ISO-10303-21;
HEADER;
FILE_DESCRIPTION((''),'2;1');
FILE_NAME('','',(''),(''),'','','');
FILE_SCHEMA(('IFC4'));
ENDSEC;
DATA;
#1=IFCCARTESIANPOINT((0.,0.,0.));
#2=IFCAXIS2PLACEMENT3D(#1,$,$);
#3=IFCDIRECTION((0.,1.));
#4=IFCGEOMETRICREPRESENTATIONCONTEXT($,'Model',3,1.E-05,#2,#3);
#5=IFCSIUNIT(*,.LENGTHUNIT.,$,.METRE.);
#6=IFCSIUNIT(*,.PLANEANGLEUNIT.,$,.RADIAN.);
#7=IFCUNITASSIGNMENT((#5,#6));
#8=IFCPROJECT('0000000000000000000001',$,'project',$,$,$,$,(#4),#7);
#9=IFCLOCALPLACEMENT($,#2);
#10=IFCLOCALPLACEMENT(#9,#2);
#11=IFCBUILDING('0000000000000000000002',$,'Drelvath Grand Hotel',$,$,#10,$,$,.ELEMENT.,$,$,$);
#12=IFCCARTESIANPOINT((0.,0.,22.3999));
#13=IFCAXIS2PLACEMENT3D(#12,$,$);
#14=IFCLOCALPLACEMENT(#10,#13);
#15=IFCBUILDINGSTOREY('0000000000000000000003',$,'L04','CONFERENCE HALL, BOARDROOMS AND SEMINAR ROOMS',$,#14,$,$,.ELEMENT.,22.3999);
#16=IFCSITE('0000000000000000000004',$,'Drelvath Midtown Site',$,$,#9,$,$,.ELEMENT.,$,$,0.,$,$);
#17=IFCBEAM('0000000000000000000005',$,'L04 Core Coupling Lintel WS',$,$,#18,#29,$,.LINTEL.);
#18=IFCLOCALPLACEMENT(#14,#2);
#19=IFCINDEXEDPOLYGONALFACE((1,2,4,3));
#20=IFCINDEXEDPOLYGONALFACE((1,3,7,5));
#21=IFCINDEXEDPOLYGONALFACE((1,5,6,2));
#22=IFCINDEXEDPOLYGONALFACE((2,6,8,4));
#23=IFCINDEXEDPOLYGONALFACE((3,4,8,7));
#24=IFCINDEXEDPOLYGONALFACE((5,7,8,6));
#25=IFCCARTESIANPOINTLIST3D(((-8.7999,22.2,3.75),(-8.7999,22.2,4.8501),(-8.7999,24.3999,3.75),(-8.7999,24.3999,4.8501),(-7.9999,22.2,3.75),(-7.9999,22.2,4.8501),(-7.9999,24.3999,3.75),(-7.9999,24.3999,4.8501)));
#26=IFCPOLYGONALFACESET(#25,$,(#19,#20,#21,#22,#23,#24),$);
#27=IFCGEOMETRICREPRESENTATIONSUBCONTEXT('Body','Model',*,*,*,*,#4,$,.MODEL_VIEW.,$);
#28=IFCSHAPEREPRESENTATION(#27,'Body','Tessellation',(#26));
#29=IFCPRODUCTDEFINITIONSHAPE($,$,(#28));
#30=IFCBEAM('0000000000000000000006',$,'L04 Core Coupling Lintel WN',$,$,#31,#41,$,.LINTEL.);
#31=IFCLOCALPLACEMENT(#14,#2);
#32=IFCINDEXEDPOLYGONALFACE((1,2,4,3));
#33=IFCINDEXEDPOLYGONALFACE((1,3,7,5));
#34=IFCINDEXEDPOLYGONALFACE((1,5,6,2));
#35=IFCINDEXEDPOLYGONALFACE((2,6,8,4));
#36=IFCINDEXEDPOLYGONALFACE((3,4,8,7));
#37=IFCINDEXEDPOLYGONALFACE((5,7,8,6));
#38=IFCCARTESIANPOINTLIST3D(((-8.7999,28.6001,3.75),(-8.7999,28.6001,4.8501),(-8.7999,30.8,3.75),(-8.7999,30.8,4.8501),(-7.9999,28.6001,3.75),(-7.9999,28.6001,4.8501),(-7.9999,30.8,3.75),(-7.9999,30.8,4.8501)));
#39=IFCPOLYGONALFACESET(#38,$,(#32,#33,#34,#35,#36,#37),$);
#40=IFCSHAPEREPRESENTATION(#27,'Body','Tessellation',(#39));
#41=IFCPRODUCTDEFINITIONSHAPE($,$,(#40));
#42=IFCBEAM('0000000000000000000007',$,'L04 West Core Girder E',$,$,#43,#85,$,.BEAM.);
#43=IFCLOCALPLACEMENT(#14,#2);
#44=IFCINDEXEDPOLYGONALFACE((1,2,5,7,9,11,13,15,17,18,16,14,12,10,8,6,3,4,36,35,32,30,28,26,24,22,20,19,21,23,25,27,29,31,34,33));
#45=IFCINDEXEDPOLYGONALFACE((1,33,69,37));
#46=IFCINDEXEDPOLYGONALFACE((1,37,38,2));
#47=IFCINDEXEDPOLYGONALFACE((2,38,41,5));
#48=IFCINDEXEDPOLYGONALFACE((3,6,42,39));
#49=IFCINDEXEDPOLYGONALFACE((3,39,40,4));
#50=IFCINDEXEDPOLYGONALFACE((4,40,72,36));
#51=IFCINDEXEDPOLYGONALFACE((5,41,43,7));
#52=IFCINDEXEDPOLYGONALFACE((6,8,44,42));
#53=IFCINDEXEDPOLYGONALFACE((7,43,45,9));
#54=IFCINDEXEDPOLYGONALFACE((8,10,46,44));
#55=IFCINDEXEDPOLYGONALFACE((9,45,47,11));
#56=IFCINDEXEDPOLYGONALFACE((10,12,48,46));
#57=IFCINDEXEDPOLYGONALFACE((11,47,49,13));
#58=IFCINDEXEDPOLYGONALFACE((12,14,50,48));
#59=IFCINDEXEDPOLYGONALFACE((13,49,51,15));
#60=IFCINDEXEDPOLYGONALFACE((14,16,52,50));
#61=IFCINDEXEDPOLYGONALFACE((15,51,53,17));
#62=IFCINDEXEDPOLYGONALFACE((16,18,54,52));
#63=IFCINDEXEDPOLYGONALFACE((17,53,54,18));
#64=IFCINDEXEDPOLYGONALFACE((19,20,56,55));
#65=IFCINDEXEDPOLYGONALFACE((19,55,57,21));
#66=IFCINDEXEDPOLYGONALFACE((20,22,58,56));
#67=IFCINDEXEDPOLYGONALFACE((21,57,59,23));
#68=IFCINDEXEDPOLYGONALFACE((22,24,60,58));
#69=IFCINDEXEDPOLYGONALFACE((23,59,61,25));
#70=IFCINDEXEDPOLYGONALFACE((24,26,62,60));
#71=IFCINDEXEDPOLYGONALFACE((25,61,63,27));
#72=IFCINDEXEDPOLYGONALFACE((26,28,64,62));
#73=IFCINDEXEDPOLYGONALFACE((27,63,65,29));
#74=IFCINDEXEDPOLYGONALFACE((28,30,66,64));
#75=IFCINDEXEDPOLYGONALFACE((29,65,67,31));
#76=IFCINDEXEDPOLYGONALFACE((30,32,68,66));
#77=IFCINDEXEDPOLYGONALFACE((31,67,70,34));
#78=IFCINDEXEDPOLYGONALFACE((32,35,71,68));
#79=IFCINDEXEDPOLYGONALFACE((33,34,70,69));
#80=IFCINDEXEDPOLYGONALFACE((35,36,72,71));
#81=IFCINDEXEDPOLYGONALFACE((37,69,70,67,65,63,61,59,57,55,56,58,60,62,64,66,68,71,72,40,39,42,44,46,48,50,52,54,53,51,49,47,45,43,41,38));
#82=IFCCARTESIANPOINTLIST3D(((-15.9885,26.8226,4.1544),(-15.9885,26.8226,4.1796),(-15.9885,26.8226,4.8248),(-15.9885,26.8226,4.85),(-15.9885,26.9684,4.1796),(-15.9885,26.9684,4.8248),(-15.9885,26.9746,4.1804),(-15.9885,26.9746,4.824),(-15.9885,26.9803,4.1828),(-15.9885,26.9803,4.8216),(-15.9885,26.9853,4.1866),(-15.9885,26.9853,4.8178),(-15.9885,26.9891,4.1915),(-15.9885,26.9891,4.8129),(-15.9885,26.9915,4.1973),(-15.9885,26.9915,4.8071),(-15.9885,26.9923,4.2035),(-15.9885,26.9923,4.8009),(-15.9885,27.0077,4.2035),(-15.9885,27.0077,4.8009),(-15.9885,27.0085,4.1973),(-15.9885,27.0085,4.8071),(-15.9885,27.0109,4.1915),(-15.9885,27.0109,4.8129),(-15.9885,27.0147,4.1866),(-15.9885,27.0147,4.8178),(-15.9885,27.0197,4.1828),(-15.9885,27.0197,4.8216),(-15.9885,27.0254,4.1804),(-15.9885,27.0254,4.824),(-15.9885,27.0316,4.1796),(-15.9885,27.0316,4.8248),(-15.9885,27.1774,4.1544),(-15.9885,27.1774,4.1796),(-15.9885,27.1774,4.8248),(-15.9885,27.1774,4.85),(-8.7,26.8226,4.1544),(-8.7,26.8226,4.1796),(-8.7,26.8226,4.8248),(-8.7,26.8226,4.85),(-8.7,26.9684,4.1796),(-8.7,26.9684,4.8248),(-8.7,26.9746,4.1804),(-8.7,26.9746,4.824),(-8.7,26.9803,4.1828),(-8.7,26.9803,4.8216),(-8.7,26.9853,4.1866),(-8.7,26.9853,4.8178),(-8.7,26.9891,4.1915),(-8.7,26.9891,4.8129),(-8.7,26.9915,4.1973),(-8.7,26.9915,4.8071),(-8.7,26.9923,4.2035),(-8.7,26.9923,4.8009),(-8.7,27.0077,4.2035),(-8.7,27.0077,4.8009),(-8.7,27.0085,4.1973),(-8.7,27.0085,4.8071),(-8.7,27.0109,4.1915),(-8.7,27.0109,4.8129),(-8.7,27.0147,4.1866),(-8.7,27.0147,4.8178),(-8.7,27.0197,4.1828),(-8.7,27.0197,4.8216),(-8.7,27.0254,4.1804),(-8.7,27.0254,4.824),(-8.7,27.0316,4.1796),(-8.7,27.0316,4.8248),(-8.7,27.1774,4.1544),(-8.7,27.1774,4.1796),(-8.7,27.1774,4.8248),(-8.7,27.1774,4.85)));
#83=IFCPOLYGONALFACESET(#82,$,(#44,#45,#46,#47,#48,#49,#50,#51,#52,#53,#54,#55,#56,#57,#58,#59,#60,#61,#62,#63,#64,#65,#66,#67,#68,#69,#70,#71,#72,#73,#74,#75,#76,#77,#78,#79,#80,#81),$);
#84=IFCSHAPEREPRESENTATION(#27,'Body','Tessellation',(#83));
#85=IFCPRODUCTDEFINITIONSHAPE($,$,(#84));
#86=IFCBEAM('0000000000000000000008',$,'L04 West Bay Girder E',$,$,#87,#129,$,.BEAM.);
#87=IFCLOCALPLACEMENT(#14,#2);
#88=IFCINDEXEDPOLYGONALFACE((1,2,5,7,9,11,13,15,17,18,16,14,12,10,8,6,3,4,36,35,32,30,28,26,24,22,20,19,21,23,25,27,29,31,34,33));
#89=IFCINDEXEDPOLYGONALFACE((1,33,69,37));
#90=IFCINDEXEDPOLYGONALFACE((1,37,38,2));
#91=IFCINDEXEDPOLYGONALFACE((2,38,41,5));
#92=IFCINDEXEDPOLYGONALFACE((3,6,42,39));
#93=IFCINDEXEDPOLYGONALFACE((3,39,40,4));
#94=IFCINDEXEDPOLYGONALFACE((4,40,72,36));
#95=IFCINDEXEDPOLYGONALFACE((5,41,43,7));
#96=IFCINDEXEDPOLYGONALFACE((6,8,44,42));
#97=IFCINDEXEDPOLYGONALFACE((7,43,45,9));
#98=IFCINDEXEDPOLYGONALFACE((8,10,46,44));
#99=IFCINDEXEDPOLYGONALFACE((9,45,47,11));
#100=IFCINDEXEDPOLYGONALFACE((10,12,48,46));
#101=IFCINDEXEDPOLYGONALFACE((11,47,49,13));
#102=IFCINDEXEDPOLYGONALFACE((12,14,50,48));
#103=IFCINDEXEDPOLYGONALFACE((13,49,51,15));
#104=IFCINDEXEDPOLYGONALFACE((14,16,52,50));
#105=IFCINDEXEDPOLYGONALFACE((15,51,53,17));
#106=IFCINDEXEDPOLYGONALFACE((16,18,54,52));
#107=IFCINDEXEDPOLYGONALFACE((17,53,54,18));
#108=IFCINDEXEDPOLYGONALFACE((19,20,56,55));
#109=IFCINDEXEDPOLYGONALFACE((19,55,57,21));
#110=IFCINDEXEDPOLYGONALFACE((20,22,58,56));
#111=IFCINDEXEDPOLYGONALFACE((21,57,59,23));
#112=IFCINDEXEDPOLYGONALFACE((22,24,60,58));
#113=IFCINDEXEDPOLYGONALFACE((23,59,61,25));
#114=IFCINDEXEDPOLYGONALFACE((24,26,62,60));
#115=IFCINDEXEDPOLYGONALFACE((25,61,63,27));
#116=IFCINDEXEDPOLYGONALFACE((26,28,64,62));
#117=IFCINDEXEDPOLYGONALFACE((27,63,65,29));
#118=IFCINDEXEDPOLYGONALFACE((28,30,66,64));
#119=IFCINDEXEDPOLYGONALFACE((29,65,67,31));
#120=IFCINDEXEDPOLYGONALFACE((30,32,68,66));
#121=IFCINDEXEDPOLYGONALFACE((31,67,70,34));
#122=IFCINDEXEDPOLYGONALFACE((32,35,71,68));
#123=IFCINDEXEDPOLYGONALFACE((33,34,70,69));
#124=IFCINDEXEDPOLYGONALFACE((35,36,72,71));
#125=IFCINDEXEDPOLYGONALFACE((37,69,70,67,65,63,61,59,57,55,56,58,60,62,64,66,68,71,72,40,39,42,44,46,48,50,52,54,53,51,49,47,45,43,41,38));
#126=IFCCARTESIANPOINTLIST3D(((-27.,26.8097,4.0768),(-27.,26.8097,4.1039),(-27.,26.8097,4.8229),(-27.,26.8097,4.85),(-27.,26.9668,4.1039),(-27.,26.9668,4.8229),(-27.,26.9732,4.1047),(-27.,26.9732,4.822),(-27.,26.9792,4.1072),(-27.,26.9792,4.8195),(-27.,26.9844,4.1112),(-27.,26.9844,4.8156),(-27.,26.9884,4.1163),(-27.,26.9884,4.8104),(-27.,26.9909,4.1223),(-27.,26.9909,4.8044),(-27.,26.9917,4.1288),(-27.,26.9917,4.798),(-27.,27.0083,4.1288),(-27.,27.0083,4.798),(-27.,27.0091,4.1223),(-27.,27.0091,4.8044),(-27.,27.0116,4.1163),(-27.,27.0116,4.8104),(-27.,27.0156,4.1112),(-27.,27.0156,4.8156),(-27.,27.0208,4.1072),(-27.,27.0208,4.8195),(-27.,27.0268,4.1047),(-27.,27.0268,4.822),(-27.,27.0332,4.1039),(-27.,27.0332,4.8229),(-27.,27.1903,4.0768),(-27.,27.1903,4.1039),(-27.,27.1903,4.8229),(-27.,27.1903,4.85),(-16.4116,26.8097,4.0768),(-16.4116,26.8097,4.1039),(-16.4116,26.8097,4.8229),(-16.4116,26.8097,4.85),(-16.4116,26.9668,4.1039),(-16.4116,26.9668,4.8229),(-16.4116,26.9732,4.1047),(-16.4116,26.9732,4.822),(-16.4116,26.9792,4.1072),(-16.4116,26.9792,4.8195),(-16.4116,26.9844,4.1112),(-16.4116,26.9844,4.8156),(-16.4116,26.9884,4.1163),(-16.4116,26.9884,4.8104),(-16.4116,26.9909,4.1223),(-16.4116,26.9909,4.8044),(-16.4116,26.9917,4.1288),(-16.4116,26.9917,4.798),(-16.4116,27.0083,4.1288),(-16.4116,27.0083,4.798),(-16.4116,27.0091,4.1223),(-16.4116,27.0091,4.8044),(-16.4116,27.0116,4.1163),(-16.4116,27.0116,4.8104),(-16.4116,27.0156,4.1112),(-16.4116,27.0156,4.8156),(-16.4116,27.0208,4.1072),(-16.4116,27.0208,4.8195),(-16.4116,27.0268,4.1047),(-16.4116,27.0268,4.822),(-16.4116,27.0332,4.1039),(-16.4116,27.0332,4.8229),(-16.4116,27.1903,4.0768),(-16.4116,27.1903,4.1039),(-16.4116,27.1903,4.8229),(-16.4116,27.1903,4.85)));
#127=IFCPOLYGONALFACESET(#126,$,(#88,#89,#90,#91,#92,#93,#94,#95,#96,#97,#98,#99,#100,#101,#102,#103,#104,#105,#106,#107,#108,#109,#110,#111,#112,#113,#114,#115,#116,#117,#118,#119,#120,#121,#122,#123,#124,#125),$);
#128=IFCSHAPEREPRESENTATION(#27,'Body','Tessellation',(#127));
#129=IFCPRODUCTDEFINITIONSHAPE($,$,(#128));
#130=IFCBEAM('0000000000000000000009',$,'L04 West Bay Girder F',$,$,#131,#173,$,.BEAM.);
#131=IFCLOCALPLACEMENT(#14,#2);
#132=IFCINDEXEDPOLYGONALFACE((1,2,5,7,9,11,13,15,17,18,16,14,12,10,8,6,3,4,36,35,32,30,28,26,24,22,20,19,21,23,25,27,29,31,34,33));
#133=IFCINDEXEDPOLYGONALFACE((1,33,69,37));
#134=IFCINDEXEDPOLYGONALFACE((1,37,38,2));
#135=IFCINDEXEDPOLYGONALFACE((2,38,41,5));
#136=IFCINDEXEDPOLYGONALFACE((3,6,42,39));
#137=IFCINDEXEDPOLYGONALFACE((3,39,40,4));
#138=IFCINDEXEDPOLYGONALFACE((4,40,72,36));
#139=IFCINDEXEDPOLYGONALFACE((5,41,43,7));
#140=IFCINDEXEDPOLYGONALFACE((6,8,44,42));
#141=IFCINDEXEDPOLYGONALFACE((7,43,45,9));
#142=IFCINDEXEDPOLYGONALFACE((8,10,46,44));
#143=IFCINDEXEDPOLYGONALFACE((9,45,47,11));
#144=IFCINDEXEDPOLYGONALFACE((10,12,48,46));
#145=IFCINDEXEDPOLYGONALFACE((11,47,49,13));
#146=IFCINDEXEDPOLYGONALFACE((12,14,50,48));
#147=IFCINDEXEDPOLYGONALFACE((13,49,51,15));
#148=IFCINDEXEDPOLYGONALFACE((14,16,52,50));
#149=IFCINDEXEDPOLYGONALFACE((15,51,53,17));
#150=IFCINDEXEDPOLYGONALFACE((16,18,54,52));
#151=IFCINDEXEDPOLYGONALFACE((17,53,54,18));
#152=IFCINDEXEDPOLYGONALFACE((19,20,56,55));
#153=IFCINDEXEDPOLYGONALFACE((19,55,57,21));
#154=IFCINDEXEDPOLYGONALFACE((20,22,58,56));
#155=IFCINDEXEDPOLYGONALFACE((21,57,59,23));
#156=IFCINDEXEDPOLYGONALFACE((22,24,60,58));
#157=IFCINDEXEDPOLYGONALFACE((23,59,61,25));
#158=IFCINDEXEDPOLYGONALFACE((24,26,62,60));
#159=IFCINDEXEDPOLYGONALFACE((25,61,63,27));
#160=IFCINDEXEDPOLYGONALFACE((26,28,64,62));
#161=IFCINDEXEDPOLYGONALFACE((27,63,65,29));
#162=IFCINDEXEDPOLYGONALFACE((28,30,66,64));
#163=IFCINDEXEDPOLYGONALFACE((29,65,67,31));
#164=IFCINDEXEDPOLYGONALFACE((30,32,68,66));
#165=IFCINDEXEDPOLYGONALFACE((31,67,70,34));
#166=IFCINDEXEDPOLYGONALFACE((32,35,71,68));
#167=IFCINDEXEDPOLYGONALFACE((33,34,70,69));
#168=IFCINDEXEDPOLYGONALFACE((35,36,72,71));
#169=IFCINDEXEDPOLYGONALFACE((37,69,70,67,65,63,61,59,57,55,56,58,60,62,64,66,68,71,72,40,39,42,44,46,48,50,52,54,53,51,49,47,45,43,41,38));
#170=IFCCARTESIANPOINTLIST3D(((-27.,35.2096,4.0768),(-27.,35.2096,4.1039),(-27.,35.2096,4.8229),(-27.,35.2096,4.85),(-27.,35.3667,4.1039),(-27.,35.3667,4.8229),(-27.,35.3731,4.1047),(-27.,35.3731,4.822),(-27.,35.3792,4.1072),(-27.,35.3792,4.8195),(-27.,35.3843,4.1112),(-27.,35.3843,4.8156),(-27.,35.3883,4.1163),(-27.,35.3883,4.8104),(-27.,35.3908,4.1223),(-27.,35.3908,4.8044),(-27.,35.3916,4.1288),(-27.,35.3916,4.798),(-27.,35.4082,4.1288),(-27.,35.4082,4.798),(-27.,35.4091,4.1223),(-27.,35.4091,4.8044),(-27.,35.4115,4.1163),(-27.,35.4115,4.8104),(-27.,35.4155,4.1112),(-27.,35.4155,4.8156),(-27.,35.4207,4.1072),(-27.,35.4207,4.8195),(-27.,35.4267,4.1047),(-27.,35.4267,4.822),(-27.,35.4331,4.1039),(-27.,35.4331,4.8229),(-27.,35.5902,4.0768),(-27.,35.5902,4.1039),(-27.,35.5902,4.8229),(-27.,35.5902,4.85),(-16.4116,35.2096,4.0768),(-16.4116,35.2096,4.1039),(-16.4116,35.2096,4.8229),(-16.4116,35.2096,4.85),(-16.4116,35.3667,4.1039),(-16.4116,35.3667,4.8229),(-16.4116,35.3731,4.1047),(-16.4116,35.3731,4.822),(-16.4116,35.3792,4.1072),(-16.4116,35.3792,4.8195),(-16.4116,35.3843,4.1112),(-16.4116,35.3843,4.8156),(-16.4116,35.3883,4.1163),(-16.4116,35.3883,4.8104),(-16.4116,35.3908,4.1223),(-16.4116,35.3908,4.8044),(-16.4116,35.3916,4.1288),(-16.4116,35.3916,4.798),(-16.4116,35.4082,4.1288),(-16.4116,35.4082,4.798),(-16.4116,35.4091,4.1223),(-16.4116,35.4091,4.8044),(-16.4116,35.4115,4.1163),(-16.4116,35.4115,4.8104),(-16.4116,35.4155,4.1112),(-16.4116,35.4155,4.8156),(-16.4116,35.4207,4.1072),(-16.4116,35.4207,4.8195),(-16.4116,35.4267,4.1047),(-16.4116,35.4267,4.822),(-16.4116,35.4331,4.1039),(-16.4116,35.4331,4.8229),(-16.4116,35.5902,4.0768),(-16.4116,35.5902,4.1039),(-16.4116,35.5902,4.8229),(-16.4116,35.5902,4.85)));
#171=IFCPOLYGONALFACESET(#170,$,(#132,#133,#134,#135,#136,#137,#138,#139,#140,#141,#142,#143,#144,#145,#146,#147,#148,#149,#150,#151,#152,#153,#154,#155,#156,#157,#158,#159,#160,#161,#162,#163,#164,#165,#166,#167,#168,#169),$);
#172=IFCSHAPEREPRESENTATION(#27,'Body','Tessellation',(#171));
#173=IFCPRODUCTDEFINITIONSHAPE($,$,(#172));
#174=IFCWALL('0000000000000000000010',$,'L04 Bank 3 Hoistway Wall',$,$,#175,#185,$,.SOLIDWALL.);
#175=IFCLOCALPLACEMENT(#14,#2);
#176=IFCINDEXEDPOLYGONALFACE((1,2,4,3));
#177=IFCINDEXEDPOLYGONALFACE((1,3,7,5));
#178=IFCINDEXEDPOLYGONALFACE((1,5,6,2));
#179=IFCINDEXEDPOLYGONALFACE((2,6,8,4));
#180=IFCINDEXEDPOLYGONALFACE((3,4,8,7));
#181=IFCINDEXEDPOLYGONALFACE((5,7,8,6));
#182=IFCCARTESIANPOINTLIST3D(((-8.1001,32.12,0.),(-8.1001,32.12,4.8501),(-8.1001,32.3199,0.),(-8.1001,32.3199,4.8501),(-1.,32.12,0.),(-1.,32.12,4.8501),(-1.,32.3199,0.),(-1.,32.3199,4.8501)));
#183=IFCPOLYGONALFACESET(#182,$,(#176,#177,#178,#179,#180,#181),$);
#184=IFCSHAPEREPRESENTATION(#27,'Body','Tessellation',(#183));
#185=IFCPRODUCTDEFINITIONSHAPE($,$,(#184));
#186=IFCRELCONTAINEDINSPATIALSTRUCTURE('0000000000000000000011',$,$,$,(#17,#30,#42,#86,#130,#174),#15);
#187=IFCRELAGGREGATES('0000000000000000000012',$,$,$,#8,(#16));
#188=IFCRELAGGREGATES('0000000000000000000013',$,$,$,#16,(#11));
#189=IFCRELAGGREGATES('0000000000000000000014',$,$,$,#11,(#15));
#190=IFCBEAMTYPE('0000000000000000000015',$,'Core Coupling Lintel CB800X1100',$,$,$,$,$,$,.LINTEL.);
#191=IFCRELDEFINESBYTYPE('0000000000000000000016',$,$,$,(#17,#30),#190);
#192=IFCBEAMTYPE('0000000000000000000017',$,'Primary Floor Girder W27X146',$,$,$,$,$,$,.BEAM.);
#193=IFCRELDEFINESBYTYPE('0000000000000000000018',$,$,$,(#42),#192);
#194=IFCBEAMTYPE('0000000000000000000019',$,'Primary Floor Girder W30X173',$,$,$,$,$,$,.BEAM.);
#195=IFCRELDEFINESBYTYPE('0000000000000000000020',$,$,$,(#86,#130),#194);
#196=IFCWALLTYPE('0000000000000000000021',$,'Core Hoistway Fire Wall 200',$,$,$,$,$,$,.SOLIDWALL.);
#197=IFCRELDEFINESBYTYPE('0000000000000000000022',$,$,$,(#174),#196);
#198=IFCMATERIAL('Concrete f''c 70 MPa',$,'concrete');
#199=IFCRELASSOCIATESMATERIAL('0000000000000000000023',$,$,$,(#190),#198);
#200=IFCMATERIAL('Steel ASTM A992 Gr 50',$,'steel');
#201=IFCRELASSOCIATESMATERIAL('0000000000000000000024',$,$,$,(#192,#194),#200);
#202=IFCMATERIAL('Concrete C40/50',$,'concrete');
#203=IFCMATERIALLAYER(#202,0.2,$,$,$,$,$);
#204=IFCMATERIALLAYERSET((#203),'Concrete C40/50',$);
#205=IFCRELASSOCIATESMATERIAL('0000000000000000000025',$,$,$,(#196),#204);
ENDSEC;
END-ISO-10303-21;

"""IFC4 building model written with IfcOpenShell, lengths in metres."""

from ifc_helpers import new_model, si_unit, direction, frame, frame_2d, origin, origin_2d, place, context, subcontext, project, spatial, rectangle, i_section, extrude, material, layer, layer_set, material_profile, profile_set, type_object, element, save


model = new_model("IFC4")

# Units and contexts
model_context = context("Model", 3, precision=1e-05, world=origin(), true_north=direction((0.0, 1.0)))
body_context = subcontext(model_context, "Body", "Model", "MODEL_VIEW")
ifc_project = project(units=[si_unit("LENGTHUNIT", "METRE"), si_unit("PLANEANGLEUNIT", "RADIAN")], contexts=[model_context])

# Site, building, storey
site_placement = place(None, origin())
site = spatial("IfcSite", under=ifc_project, at=site_placement, Name="Drelvath Midtown Site", CompositionType="ELEMENT", RefElevation=0.0)
building_placement = place(site_placement, origin())
building = spatial("IfcBuilding", under=site, at=building_placement, Name="Drelvath Grand Hotel", CompositionType="ELEMENT")
storey_placement = place(building_placement, frame((0.0, 0.0, 22.3999)))
storey = spatial("IfcBuildingStorey", under=building, at=storey_placement, Name="L04", Description="CONFERENCE HALL, BOARDROOMS AND SEMINAR ROOMS", CompositionType="ELEMENT", Elevation=22.3999)

# Beams
ifc_material_1 = material(Name="Steel ASTM A992 Gr 50", Category="steel")
ifc_material_2 = material(Name="Concrete f'c 70 MPa", Category="concrete")
ifc_material_profile_1 = material_profile(ifc_material_2, rectangle(XDim=0.8, YDim=1.1001, at=origin_2d()), Name="CB800X1100")
ifc_profile_set_1 = profile_set([ifc_material_profile_1], Name="Concrete f'c 70 MPa")
beam_type_1 = type_object("IfcBeamType", Name="Core Coupling Lintel CB800X1100", PredefinedType="LINTEL", material=ifc_profile_set_1)
for number, where, z_axis, x_axis, name in (
    (1, (-8.3999, 22.2, 4.3), (0.0, 1.0, 0.0), (-1.0, 0.0, 0.0), "L04 Core Coupling Lintel WS"),
    (2, (-8.3999, 28.6001, 4.3), (0.0, 1.0, 0.0), (-1.0, 0.0, 0.0), "L04 Core Coupling Lintel WN"),
):
    element("IfcBeam", number, at=place(storey_placement, frame(where, z_axis=z_axis, x_axis=x_axis)), inside=storey, type_object=beam_type_1, Name=name, PredefinedType="LINTEL", context=body_context, shape_type="SweptSolid", body=[
        extrude(rectangle(XDim=0.8, YDim=1.1001, at=origin_2d()), origin(), (0.0, 0.0, 1.0), 2.2),
    ])
ifc_material_profile_2 = material_profile(ifc_material_1, i_section(OverallWidth=0.3547, OverallDepth=0.6956, WebThickness=0.0154, FlangeThickness=0.0251, FilletRadius=0.0239, at=origin_2d()), Name="W27X146")
ifc_profile_set_2 = profile_set([ifc_material_profile_2], Name="Steel ASTM A992 Gr 50")
beam_type_2 = type_object("IfcBeamType", Name="Primary Floor Girder W27X146", PredefinedType="BEAM", material=ifc_profile_set_2)
beam_placement = place(storey_placement, frame((-15.9885, 27.0, 4.5022), z_axis=(1.0, 0.0, 0.0), x_axis=(0.0, 1.0, 0.0)))
element("IfcBeam", 3, at=beam_placement, inside=storey, type_object=beam_type_2, Name="L04 West Core Girder E", PredefinedType="BEAM", context=body_context, shape_type="SweptSolid", body=[
    extrude(i_section(OverallWidth=0.3547, OverallDepth=0.6956, WebThickness=0.0154, FlangeThickness=0.0251, FilletRadius=0.0239, at=origin_2d()), origin(), (0.0, 0.0, 1.0), 7.2886),
])
ifc_material_profile_3 = material_profile(ifc_material_1, i_section(OverallWidth=0.3806, OverallDepth=0.7732, WebThickness=0.0166, FlangeThickness=0.0271, FilletRadius=0.0249, at=origin_2d()), Name="W30X173")
ifc_profile_set_3 = profile_set([ifc_material_profile_3], Name="Steel ASTM A992 Gr 50")
beam_type_3 = type_object("IfcBeamType", Name="Primary Floor Girder W30X173", PredefinedType="BEAM", material=ifc_profile_set_3)
for number, where, z_axis, x_axis, name in (
    (4, (-27.0, 27.0, 4.4634), (1.0, 0.0, 0.0), (0.0, 1.0, 0.0), "L04 West Bay Girder E"),
    (5, (-27.0, 35.3999, 4.4634), (1.0, 0.0, 0.0), (0.0, 1.0, 0.0), "L04 West Bay Girder F"),
):
    element("IfcBeam", number, at=place(storey_placement, frame(where, z_axis=z_axis, x_axis=x_axis)), inside=storey, type_object=beam_type_3, Name=name, PredefinedType="BEAM", context=body_context, shape_type="SweptSolid", body=[
        extrude(i_section(OverallWidth=0.3806, OverallDepth=0.7732, WebThickness=0.0166, FlangeThickness=0.0271, FilletRadius=0.0249, at=origin_2d()), origin(), (0.0, 0.0, 1.0), 10.5884),
    ])

# Wall
ifc_material_3 = material(Name="Concrete C40/50", Category="concrete")
ifc_layer_1 = layer(ifc_material_3, 0.2)
ifc_layer_set_1 = layer_set([ifc_layer_1], Name="Concrete C40/50")
wall_type_1 = type_object("IfcWallType", Name="Core Hoistway Fire Wall 200", PredefinedType="SOLIDWALL", material=ifc_layer_set_1)
wall_1_placement = place(storey_placement, frame((-8.1001, 32.22, 0.0), z_axis=(0.0, 0.0, 1.0), x_axis=(1.0, 0.0, 0.0)))
element("IfcWall", 6, at=wall_1_placement, inside=storey, type_object=wall_type_1, Name="L04 Bank 3 Hoistway Wall", PredefinedType="SOLIDWALL", context=body_context, shape_type="SweptSolid", body=[
    extrude(rectangle(XDim=7.1001, YDim=0.2, at=frame_2d((3.55, 0.0))), origin(), (0.0, 0.0, 1.0), 4.8501),
])

save(model, "model.ifc")
